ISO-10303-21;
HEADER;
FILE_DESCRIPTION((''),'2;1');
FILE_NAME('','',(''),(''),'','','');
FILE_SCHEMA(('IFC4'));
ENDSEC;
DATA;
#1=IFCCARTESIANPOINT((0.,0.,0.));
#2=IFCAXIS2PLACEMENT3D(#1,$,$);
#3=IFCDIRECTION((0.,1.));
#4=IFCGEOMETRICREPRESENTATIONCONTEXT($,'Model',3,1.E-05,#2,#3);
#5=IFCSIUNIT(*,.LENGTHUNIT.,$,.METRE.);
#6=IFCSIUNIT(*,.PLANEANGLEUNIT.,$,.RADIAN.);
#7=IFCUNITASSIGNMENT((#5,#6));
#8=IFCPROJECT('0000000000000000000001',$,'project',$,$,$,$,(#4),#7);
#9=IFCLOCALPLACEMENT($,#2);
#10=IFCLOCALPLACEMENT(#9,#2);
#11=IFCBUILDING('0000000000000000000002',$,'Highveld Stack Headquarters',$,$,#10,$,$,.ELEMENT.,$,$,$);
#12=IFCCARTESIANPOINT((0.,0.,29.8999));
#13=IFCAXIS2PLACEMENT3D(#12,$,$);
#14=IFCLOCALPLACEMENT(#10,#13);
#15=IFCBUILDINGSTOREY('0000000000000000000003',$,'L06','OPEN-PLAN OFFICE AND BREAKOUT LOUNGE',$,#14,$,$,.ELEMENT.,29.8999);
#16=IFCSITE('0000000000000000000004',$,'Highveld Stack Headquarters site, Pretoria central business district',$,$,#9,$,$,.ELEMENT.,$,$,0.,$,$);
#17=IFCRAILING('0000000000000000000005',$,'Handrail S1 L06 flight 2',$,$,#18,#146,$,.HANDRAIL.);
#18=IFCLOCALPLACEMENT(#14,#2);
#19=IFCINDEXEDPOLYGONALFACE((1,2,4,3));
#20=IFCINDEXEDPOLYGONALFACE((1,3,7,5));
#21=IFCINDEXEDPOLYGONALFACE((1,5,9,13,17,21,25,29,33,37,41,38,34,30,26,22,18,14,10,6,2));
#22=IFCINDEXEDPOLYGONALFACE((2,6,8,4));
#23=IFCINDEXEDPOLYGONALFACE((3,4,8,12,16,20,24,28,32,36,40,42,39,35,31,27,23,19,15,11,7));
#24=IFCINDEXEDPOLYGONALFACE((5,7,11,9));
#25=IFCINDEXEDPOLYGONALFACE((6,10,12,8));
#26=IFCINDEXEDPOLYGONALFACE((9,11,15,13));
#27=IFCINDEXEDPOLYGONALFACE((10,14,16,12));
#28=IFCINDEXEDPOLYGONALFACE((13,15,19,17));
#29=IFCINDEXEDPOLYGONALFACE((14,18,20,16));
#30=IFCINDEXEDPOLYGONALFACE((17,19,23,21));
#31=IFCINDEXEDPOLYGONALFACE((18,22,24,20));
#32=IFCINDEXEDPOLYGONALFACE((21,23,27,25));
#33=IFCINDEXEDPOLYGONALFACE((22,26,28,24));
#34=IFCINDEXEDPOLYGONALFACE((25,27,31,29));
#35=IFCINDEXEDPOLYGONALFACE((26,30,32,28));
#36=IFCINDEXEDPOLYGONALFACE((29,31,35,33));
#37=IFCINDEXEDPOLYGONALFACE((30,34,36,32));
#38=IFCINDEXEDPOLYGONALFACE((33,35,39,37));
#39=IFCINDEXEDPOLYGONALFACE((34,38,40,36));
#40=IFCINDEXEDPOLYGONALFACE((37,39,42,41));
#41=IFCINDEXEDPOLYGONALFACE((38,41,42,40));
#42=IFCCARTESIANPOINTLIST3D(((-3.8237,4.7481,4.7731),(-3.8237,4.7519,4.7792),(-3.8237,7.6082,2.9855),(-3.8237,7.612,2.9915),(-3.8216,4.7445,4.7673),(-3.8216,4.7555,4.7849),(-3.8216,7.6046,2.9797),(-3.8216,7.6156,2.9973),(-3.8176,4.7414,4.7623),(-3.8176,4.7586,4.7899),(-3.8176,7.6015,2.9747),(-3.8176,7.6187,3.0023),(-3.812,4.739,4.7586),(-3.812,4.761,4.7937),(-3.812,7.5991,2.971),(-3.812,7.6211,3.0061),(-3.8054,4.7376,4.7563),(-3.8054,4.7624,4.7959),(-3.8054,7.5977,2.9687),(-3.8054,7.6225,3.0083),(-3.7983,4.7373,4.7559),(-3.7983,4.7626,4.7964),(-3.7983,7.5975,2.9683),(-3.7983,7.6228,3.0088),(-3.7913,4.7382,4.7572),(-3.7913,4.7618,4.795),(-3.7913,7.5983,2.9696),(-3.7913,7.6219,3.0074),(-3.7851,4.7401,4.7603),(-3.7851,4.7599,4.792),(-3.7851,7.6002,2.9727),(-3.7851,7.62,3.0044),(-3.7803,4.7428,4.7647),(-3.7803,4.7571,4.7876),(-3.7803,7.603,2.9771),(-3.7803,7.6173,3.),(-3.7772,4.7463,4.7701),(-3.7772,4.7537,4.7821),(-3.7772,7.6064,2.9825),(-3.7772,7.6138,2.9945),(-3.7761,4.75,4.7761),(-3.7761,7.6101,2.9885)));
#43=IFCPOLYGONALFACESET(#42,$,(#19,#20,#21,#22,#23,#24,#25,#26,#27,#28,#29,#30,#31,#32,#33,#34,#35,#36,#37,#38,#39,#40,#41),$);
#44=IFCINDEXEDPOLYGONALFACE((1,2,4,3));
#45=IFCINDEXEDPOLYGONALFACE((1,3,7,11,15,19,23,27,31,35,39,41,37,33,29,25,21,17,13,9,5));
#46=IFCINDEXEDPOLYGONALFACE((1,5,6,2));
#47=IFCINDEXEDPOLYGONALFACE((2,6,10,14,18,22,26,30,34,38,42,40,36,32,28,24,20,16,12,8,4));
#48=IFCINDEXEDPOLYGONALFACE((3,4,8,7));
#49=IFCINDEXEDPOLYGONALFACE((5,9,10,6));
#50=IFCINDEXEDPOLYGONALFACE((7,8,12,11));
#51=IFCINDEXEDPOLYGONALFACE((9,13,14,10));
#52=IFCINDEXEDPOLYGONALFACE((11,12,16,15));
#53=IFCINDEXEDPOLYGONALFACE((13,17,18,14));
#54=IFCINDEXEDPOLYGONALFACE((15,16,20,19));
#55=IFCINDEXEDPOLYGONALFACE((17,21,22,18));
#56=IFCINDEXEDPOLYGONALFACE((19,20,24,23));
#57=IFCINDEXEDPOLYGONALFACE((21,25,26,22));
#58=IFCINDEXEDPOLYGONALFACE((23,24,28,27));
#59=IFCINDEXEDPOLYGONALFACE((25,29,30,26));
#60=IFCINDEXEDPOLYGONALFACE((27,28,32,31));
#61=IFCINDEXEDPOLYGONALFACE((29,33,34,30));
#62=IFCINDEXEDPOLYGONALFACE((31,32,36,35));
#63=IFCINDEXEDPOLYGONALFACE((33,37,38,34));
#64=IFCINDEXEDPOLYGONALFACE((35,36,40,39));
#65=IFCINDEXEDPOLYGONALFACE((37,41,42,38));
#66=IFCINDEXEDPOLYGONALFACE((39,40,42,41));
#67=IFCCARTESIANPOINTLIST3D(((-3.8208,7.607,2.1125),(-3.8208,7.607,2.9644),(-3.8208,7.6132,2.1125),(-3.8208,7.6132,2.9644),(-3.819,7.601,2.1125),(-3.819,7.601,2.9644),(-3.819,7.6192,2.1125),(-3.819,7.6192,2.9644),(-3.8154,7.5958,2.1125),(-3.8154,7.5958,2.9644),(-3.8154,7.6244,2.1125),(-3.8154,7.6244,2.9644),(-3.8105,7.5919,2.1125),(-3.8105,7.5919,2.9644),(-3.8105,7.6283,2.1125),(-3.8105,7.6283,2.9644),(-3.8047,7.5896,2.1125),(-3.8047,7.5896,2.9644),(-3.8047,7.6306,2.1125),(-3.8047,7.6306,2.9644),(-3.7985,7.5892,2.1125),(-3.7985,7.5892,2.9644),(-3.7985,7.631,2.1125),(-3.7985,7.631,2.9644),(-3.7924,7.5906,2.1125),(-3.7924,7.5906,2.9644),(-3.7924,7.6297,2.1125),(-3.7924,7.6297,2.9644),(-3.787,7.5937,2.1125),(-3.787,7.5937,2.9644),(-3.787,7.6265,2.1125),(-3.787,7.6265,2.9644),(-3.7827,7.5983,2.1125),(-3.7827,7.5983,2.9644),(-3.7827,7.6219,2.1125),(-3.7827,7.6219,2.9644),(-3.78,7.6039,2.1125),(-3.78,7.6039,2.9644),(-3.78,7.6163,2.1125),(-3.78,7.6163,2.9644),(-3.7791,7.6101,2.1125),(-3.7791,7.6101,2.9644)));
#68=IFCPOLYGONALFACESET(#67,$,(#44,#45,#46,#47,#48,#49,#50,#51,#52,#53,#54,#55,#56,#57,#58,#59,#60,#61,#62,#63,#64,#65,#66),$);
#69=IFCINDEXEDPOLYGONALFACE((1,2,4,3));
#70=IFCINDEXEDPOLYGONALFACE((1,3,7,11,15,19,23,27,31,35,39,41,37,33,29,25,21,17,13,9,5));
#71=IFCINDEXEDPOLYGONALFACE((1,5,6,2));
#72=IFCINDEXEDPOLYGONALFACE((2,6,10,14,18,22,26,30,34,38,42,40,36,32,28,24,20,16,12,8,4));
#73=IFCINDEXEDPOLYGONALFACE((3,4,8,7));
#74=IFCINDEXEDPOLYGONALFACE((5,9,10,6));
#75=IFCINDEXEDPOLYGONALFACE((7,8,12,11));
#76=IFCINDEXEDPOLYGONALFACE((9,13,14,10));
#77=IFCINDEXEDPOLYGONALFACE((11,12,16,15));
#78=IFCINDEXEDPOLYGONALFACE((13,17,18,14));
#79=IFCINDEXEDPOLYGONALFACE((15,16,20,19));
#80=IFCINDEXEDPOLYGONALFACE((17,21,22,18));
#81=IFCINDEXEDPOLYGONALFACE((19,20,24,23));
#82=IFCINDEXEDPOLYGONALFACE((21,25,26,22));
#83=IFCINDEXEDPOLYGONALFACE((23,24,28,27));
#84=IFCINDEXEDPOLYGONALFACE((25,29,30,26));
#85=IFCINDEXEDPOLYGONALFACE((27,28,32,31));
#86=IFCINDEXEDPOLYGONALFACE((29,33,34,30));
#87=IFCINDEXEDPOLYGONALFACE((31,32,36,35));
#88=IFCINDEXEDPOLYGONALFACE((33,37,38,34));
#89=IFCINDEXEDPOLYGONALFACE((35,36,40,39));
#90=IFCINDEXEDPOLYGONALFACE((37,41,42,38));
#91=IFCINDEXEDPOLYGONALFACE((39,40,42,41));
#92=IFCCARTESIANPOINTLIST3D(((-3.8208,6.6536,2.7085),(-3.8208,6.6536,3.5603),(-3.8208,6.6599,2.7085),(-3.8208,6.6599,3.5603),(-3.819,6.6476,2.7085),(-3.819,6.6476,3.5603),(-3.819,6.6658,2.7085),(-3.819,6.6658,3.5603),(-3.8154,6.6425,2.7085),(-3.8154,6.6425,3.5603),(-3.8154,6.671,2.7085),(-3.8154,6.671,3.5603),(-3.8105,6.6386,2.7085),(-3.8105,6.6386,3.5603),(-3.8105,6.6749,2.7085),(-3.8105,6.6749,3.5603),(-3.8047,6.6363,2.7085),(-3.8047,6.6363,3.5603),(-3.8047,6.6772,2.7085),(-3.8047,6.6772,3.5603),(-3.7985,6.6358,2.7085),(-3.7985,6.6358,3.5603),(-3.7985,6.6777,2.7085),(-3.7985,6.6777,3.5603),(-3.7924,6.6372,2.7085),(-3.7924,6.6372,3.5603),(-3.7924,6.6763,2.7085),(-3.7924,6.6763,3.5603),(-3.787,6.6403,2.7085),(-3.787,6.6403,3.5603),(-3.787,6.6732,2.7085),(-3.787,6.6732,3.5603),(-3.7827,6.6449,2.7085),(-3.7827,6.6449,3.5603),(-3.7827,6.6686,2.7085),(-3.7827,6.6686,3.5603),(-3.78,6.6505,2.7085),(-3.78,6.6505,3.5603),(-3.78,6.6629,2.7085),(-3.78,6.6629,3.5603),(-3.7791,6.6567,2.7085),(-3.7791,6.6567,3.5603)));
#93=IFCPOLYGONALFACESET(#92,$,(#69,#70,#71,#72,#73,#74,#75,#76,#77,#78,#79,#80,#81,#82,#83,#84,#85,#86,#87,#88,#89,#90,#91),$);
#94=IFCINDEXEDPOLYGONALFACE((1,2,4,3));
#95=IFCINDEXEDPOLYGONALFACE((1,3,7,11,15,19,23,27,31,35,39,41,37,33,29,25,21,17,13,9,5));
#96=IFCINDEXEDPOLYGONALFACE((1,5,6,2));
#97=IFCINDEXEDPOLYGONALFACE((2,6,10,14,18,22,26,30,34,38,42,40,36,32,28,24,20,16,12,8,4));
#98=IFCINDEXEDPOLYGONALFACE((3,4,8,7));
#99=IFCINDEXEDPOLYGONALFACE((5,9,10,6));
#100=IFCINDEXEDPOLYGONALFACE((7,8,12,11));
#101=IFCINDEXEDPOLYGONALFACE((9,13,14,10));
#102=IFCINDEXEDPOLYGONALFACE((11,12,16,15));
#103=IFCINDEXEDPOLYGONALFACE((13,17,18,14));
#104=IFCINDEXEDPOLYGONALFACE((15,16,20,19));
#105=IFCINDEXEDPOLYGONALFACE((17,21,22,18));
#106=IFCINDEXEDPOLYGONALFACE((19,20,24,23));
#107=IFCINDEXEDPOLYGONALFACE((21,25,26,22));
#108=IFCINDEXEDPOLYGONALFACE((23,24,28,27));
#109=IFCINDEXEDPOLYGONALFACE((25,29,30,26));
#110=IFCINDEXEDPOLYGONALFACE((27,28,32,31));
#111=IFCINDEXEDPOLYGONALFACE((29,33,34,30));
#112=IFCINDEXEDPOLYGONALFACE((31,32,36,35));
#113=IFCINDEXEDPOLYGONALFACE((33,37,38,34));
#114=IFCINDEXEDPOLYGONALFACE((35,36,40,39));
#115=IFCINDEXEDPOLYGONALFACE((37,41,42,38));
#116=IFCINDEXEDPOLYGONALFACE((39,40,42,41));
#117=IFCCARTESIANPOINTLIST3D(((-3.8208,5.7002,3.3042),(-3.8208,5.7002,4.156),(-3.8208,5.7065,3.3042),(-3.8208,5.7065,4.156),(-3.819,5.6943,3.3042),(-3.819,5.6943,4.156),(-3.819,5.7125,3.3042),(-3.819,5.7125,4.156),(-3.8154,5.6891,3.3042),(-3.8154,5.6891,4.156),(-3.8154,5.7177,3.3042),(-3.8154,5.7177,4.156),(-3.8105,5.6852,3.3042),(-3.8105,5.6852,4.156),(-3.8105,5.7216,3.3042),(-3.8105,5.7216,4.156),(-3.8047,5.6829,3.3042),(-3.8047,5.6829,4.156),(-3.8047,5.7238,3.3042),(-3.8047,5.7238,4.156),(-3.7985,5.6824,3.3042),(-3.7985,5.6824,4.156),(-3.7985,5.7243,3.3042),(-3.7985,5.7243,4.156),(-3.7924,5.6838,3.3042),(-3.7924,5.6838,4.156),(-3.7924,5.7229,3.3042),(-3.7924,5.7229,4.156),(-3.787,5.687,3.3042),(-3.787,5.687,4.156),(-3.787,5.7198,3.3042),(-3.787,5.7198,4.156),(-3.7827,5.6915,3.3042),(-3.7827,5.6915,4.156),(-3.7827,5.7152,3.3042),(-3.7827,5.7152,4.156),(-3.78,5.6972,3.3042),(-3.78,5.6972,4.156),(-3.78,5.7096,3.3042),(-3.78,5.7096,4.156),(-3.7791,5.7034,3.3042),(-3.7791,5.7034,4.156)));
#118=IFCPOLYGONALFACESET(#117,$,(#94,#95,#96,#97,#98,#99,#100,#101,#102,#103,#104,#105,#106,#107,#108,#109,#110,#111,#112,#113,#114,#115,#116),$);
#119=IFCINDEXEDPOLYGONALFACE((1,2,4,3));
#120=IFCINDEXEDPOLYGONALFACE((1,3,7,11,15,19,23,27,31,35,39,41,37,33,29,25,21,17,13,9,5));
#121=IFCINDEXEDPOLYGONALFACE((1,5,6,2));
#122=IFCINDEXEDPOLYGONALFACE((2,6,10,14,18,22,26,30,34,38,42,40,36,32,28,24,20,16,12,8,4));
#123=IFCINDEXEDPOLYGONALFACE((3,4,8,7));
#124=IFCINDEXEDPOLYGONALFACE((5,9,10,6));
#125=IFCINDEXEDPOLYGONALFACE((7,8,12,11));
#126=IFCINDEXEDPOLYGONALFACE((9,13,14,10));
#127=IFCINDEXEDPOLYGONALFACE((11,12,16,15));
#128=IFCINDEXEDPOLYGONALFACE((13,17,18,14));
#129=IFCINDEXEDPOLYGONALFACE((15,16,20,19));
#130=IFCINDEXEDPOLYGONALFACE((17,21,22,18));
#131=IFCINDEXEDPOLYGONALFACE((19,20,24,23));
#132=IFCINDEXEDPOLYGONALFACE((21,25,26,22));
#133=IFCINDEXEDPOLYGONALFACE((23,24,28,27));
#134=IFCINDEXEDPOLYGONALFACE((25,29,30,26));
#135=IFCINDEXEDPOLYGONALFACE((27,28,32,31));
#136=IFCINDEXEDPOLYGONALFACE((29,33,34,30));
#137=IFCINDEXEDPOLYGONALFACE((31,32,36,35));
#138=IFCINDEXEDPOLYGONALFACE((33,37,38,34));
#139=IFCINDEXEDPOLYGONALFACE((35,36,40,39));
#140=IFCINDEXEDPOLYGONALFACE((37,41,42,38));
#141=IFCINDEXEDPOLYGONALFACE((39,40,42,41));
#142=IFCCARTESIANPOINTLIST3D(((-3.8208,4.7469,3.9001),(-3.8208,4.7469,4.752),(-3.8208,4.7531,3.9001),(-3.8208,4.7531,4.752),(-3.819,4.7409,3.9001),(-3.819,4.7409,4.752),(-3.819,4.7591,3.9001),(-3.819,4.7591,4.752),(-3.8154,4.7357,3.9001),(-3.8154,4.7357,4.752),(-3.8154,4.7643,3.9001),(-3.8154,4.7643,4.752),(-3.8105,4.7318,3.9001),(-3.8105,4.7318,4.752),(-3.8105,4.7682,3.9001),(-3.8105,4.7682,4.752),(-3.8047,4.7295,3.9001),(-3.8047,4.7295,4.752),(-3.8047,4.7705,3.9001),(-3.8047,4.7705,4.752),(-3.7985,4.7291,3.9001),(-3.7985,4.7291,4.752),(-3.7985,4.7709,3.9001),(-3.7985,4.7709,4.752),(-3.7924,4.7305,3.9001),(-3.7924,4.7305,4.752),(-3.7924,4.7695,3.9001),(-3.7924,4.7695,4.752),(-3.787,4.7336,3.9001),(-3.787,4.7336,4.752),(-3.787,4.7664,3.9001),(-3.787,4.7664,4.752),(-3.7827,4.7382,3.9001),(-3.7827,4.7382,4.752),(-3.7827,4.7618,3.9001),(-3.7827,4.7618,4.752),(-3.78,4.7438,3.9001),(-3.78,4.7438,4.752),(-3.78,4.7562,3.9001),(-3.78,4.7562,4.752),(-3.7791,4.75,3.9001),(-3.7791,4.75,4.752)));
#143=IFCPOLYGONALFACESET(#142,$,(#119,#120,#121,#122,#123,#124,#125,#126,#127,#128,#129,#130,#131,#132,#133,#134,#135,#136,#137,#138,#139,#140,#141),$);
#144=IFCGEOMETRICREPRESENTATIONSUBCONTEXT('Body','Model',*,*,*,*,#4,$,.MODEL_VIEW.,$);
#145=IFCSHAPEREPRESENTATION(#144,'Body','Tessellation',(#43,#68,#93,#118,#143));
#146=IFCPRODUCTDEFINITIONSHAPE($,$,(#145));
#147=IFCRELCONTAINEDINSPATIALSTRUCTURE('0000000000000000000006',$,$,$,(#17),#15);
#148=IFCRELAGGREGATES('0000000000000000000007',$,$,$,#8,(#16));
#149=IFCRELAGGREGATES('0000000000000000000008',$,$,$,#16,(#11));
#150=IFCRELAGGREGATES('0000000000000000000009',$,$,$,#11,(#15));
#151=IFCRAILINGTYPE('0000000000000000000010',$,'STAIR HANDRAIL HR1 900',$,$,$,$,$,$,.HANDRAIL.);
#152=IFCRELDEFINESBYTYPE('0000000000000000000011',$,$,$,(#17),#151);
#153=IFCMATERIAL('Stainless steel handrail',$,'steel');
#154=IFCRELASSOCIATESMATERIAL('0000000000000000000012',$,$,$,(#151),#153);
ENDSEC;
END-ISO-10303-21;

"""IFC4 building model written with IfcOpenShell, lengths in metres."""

from ifc_helpers import new_model, si_unit, direction, frame, origin, origin_2d, place, context, subcontext, project, spatial, circle, extrude, material, type_object, element, save


model = new_model("IFC4")

# Units and contexts
model_context = context("Model", 3, precision=1e-05, world=origin(), true_north=direction((0.0, 1.0)))
body_context = subcontext(model_context, "Body", "Model", "MODEL_VIEW")
ifc_project = project(units=[si_unit("LENGTHUNIT", "METRE"), si_unit("PLANEANGLEUNIT", "RADIAN")], contexts=[model_context])

# Site, building, storey
site_placement = place(None, origin())
site = spatial("IfcSite", under=ifc_project, at=site_placement, Name="Highveld Stack Headquarters site, Pretoria central business district", CompositionType="ELEMENT", RefElevation=0.0)
building_placement = place(site_placement, origin())
building = spatial("IfcBuilding", under=site, at=building_placement, Name="Highveld Stack Headquarters", CompositionType="ELEMENT")
storey_placement = place(building_placement, frame((0.0, 0.0, 29.8999)))
storey = spatial("IfcBuildingStorey", under=building, at=storey_placement, Name="L06", Description="OPEN-PLAN OFFICE AND BREAKOUT LOUNGE", CompositionType="ELEMENT", Elevation=29.8999)

# Railing
ifc_material_1 = material(Name="Stainless steel handrail", Category="steel")
railing_type = type_object("IfcRailingType", Name="STAIR HANDRAIL HR1 900", PredefinedType="HANDRAIL", material=ifc_material_1)
railing_placement = place(storey_placement, frame((-3.8, 7.6101, 2.1125)))
element("IfcRailing", 1, at=railing_placement, inside=storey, type_object=railing_type, Name="Handrail S1 L06 flight 2", PredefinedType="HANDRAIL", context=body_context, shape_type="SweptSolid", body=[
    extrude(circle(Radius=0.0239, at=origin_2d()), frame((0.0, 0.0, 0.876), z_axis=(0.0, -0.847994, 0.530005), x_axis=(1.0, 0.0, 0.0)), (0.0, 0.0, 1.0), 3.3728),
    extrude(circle(Radius=0.021, at=origin_2d()), origin(), (0.0, 0.0, 1.0), 0.8518),
    extrude(circle(Radius=0.021, at=origin_2d()), frame((0.0, -0.9534, 0.5959)), (0.0, 0.0, 1.0), 0.8518),
    extrude(circle(Radius=0.021, at=origin_2d()), frame((0.0, -1.9067, 1.1917)), (0.0, 0.0, 1.0), 0.8518),
    extrude(circle(Radius=0.021, at=origin_2d()), frame((0.0, -2.8601, 1.7876)), (0.0, 0.0, 1.0), 0.8518),
])

save(model, "model.ifc")
